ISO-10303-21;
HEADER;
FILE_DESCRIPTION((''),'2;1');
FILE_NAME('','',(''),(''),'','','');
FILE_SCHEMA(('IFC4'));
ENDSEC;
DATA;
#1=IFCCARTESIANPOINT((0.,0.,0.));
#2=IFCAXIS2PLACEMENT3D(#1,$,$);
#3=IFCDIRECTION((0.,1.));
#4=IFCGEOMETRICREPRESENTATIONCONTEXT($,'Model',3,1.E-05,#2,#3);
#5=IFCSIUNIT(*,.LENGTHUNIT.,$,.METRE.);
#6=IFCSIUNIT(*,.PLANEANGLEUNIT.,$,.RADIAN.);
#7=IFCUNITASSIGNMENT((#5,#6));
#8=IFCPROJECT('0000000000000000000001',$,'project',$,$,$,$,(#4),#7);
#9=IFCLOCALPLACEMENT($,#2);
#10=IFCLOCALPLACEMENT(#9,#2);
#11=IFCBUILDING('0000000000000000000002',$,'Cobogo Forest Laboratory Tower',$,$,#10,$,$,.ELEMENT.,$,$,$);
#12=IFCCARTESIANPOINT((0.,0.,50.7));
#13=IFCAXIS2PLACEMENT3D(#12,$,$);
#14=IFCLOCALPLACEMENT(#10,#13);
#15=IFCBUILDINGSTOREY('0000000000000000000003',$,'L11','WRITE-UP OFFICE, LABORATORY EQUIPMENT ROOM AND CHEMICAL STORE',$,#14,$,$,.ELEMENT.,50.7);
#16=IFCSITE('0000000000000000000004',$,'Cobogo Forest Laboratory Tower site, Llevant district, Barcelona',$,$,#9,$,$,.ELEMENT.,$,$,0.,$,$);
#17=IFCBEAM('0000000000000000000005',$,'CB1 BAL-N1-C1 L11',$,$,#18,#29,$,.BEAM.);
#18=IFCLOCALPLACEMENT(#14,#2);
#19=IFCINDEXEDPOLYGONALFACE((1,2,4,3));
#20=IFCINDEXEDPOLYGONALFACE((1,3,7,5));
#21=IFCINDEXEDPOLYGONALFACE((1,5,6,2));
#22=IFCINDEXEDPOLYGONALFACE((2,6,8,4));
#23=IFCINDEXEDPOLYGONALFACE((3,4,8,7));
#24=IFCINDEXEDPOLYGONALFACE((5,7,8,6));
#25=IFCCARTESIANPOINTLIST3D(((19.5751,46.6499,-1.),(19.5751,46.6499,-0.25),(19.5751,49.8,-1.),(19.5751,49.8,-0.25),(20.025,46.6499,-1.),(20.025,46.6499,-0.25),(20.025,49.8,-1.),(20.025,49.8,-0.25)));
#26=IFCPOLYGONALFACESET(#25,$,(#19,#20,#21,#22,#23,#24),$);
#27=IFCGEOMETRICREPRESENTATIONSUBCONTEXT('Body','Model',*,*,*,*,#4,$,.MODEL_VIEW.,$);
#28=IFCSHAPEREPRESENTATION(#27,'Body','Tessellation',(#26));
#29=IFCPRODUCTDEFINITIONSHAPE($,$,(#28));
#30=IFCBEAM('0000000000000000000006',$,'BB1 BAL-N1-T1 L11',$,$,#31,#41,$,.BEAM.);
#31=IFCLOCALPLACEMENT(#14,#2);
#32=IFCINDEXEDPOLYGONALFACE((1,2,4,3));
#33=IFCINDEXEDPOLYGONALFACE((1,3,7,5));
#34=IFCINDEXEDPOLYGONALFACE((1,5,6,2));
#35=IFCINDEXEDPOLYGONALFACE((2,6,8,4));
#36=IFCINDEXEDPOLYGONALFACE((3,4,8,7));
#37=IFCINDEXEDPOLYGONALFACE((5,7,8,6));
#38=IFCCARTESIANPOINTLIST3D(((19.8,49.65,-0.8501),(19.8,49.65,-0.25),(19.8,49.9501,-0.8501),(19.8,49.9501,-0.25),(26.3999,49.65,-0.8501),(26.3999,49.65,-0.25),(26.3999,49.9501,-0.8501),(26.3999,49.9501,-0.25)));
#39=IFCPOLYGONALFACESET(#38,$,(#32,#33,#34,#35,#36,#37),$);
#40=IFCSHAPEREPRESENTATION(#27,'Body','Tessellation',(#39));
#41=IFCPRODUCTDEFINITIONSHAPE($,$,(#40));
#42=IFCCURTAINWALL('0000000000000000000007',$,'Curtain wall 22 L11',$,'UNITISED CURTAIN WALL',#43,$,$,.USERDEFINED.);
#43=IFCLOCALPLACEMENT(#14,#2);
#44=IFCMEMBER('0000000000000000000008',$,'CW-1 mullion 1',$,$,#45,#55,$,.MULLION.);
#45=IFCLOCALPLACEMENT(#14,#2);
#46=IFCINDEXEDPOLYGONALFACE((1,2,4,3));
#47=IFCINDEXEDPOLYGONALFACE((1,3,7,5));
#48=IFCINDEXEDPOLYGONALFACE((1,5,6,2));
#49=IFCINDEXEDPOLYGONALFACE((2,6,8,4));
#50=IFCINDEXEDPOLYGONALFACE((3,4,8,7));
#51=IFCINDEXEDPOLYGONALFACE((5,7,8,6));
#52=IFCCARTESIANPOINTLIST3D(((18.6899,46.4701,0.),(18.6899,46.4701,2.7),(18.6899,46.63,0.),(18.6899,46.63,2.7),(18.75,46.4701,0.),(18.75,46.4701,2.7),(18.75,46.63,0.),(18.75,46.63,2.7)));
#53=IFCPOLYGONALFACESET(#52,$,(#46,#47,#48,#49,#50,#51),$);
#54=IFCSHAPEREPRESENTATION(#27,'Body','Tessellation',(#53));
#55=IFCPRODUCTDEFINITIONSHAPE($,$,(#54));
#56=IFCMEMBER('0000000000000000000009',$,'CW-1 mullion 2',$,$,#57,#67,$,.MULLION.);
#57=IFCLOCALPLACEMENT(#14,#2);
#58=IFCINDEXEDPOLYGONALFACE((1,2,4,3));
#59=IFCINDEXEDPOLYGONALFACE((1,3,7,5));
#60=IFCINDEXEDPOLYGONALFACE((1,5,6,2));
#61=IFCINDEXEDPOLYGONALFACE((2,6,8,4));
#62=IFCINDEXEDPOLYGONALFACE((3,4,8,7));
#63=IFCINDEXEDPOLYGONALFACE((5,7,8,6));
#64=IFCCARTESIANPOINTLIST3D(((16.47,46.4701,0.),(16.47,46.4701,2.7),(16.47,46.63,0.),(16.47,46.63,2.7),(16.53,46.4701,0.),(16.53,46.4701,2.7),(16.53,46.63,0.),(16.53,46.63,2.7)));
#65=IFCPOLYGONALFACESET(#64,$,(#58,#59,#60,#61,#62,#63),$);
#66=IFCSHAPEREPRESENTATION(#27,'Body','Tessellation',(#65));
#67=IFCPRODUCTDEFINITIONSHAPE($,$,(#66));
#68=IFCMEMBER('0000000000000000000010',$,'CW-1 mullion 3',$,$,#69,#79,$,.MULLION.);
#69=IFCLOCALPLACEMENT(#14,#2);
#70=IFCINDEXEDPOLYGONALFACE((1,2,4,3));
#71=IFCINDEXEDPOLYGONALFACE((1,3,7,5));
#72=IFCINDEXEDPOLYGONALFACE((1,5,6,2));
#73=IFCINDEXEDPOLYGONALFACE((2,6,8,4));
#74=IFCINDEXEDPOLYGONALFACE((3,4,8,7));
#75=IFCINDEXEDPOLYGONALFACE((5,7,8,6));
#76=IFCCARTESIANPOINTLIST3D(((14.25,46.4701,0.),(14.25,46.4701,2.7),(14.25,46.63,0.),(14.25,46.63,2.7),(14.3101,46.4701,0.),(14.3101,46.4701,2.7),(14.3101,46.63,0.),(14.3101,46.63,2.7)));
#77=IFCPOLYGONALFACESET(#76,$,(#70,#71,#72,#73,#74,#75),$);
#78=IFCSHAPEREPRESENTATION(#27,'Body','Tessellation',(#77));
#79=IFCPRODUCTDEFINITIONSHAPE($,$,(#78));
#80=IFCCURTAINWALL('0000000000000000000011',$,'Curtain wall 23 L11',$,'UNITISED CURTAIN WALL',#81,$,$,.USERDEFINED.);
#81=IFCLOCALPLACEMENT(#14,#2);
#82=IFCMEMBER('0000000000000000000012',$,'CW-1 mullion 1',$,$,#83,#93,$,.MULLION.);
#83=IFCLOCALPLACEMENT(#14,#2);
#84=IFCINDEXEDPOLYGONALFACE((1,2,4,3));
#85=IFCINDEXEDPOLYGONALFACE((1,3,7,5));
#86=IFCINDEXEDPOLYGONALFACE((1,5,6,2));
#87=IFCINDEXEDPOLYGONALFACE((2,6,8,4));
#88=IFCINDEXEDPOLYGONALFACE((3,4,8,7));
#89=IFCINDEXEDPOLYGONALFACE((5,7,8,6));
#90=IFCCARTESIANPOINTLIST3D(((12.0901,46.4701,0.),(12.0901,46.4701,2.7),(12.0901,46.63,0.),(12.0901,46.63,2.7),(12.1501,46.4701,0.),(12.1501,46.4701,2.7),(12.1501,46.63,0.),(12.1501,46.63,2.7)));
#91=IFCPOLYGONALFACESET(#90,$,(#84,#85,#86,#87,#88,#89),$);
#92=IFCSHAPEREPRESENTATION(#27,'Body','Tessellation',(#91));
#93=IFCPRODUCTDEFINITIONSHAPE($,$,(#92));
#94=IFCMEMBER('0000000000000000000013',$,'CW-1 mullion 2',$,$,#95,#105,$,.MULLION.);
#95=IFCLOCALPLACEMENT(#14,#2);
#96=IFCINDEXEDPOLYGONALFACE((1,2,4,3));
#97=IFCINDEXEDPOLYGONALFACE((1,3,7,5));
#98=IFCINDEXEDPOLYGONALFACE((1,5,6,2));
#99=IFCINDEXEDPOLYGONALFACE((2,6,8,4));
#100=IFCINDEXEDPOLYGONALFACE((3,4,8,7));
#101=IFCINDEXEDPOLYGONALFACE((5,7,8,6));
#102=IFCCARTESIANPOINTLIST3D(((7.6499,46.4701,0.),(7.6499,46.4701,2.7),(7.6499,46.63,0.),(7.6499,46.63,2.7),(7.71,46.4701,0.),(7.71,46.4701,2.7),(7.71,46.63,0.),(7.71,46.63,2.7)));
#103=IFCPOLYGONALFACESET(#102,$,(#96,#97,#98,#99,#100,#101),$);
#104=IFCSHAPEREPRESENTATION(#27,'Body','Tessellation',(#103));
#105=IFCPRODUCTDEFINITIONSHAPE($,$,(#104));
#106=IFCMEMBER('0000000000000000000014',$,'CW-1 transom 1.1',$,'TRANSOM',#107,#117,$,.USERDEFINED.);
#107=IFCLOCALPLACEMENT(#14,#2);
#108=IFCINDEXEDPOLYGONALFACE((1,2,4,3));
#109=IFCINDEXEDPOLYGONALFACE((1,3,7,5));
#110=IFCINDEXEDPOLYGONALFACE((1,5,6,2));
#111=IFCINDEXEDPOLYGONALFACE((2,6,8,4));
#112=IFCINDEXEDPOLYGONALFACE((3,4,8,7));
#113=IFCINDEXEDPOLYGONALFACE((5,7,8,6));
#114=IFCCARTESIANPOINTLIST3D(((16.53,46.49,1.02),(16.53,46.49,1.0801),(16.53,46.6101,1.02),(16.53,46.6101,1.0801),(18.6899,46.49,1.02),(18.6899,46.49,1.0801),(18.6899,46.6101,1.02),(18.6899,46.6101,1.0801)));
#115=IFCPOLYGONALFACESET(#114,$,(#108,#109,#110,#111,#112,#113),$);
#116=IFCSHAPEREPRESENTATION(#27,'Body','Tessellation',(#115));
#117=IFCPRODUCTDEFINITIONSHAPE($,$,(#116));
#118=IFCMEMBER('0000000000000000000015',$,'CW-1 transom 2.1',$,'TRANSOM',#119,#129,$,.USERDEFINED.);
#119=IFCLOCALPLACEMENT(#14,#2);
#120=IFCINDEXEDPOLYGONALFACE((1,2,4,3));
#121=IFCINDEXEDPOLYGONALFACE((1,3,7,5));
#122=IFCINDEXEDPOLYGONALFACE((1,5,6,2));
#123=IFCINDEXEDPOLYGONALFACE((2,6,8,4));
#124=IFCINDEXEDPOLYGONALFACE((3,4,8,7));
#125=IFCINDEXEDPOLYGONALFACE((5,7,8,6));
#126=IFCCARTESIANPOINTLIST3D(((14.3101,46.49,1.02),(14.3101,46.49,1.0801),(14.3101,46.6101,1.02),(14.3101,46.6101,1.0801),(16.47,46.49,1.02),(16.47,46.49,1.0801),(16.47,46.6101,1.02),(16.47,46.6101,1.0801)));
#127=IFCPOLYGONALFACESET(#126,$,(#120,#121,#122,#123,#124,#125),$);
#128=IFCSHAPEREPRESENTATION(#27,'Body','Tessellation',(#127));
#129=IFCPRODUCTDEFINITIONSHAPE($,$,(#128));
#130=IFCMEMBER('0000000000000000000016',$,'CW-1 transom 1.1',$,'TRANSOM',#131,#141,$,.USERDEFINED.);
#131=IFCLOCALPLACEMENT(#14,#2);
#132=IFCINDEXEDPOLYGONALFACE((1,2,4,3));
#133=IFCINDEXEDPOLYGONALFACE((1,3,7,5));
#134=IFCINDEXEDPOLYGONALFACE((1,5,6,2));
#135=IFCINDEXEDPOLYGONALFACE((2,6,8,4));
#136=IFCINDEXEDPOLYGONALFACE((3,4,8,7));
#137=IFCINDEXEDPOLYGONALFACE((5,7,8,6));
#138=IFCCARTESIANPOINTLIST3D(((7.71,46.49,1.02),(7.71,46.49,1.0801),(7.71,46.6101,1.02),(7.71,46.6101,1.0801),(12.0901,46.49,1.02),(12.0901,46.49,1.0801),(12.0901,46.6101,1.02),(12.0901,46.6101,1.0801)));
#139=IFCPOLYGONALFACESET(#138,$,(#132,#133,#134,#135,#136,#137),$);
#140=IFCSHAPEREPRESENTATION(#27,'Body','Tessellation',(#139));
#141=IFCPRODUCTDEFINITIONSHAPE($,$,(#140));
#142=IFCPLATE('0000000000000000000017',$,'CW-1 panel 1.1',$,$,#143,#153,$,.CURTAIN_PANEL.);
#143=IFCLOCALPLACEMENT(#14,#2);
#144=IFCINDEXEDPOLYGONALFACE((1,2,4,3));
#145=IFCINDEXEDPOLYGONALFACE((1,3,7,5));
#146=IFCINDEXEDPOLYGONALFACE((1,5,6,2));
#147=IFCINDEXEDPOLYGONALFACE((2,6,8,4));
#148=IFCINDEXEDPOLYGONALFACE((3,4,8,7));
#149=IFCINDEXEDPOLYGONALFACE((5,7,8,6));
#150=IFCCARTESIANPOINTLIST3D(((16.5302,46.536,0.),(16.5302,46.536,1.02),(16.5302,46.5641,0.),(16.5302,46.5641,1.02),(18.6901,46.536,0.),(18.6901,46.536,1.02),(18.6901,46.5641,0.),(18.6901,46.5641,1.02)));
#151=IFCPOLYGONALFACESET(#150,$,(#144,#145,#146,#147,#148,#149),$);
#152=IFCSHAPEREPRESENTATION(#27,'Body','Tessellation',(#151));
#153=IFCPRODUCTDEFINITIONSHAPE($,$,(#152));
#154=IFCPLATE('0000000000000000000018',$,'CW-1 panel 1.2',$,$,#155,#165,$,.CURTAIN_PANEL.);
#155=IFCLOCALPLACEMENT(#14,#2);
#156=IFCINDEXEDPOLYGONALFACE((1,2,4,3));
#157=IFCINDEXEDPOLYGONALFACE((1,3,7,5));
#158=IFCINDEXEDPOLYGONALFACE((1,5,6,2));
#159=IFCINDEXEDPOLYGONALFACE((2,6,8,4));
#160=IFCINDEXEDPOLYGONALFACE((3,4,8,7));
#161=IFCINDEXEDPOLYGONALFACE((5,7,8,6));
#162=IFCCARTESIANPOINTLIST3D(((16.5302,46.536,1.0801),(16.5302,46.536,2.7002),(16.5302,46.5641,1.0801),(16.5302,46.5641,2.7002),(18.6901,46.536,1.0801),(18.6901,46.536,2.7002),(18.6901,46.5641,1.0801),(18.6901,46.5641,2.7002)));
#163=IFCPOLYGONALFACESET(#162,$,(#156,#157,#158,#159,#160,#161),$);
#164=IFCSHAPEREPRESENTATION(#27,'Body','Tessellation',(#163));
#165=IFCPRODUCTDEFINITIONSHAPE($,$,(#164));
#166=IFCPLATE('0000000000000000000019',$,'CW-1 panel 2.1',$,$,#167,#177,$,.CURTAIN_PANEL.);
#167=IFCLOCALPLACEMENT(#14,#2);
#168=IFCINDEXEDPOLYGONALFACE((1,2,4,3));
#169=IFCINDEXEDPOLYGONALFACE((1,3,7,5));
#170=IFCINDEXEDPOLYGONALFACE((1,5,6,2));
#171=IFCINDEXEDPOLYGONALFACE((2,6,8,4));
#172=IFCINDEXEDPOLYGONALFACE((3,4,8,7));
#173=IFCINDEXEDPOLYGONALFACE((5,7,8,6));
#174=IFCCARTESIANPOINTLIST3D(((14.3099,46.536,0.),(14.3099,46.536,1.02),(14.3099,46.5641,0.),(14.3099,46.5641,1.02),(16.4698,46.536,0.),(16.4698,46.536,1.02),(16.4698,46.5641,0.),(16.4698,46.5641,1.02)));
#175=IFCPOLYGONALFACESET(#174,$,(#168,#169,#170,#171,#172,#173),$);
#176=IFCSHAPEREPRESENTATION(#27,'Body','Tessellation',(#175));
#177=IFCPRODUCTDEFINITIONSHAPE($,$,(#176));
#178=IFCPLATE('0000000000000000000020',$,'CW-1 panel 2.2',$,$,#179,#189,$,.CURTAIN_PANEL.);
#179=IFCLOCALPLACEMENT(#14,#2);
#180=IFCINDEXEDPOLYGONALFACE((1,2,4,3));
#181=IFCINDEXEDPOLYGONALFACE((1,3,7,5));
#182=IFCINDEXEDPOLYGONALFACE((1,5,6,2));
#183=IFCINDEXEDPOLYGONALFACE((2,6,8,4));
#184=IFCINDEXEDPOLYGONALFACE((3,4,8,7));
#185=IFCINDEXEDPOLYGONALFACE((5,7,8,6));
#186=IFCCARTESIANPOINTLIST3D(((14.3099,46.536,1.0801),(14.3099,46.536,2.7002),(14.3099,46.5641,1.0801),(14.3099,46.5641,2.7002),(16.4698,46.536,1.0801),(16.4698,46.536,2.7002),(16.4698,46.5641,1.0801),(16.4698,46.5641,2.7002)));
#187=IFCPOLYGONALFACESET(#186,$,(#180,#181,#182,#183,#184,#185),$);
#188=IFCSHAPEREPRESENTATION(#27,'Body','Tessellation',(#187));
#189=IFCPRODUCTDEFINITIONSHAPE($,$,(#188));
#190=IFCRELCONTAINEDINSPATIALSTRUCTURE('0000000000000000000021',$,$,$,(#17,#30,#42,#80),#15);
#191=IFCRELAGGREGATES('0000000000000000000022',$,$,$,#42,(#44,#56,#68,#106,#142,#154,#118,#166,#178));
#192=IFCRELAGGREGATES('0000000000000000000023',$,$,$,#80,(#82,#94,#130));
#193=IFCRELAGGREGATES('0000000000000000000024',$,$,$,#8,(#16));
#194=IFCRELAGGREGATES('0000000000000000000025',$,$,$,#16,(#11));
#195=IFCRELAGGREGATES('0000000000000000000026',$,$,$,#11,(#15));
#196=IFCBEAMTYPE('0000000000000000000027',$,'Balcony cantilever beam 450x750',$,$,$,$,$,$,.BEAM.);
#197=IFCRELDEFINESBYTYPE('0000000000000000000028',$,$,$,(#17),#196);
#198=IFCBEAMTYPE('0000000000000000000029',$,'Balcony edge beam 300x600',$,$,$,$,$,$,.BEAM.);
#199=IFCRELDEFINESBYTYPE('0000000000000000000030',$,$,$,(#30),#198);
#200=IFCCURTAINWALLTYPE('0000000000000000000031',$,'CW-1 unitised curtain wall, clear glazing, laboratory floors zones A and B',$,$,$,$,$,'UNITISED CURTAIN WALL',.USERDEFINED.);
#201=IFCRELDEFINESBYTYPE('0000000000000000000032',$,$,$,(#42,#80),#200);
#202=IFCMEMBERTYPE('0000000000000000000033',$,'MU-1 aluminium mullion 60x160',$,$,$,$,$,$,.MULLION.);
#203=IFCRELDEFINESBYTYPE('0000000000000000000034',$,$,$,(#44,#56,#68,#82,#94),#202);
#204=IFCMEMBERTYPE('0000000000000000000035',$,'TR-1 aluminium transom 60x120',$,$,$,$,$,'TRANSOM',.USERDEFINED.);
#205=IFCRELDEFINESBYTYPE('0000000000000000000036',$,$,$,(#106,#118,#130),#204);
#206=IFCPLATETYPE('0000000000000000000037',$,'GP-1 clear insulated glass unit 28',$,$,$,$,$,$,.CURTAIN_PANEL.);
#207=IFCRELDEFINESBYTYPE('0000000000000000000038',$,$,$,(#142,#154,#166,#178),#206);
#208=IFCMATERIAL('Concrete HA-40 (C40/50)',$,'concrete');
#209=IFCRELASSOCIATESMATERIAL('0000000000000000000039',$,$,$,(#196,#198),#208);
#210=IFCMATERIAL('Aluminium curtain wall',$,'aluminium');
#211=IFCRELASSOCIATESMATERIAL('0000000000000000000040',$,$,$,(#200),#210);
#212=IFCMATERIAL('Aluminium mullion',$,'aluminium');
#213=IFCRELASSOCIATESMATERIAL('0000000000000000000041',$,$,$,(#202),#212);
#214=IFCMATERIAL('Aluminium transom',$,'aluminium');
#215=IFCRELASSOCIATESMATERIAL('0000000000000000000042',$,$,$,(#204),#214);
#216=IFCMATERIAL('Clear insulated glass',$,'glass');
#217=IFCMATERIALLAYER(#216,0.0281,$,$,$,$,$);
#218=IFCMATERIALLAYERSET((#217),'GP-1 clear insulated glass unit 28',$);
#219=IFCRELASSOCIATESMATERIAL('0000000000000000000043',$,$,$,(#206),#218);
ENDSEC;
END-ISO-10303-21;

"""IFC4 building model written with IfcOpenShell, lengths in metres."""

from ifc_helpers import new_model, si_unit, direction, frame, origin, origin_2d, place, context, subcontext, project, spatial, rectangle, extrude, material, layer, layer_set, material_profile, profile_set, type_object, element, aggregate, save


model = new_model("IFC4")

# Units and contexts
model_context = context("Model", 3, precision=1e-05, world=origin(), true_north=direction((0.0, 1.0)))
body_context = subcontext(model_context, "Body", "Model", "MODEL_VIEW")
ifc_project = project(units=[si_unit("LENGTHUNIT", "METRE"), si_unit("PLANEANGLEUNIT", "RADIAN")], contexts=[model_context])

# Site, building, storey
site_placement = place(None, origin())
site = spatial("IfcSite", under=ifc_project, at=site_placement, Name="Cobogo Forest Laboratory Tower site, Llevant district, Barcelona", CompositionType="ELEMENT", RefElevation=0.0)
building_placement = place(site_placement, origin())
building = spatial("IfcBuilding", under=site, at=building_placement, Name="Cobogo Forest Laboratory Tower", CompositionType="ELEMENT")
storey_placement = place(building_placement, frame((0.0, 0.0, 50.7)))
storey = spatial("IfcBuildingStorey", under=building, at=storey_placement, Name="L11", Description="WRITE-UP OFFICE, LABORATORY EQUIPMENT ROOM AND CHEMICAL STORE", CompositionType="ELEMENT", Elevation=50.7)

# Beams
ifc_material_1 = material(Name="Concrete HA-40 (C40/50)", Category="concrete")
ifc_material_profile_1 = material_profile(ifc_material_1, rectangle(XDim=0.45, YDim=0.75, at=origin_2d()), Name="RC 450x750")
ifc_profile_set_1 = profile_set([ifc_material_profile_1], Name="Concrete HA-40 (C40/50)")
beam_type_1 = type_object("IfcBeamType", Name="Balcony cantilever beam 450x750", PredefinedType="BEAM", material=ifc_profile_set_1)
beam_1_placement = place(storey_placement, frame((19.8, 46.6499, -0.625), z_axis=(0.0, 1.0, 0.0), x_axis=(-1.0, 0.0, 0.0)))
element("IfcBeam", 1, at=beam_1_placement, inside=storey, type_object=beam_type_1, Name="CB1 BAL-N1-C1 L11", PredefinedType="BEAM", context=body_context, shape_type="SweptSolid", body=[
    extrude(rectangle(XDim=0.45, YDim=0.75, at=origin_2d()), origin(), (0.0, 0.0, 1.0), 3.1501),
])
ifc_material_profile_2 = material_profile(ifc_material_1, rectangle(XDim=0.3, YDim=0.6001, at=origin_2d()), Name="RC 300x600")
ifc_profile_set_2 = profile_set([ifc_material_profile_2], Name="Concrete HA-40 (C40/50)")
beam_type_2 = type_object("IfcBeamType", Name="Balcony edge beam 300x600", PredefinedType="BEAM", material=ifc_profile_set_2)
beam_2_placement = place(storey_placement, frame((19.8, 49.8, -0.55), z_axis=(1.0, 0.0, 0.0), x_axis=(0.0, 1.0, 0.0)))
element("IfcBeam", 2, at=beam_2_placement, inside=storey, type_object=beam_type_2, Name="BB1 BAL-N1-T1 L11", PredefinedType="BEAM", context=body_context, shape_type="SweptSolid", body=[
    extrude(rectangle(XDim=0.3, YDim=0.6001, at=origin_2d()), origin(), (0.0, 0.0, 1.0), 6.5999),
])

# Curtain walls, members
ifc_material_2 = material(Name="Aluminium curtain wall", Category="aluminium")
curtain_wall_type = type_object("IfcCurtainWallType", Name="CW-1 unitised curtain wall, clear glazing, laboratory floors zones A and B", ElementType="UNITISED CURTAIN WALL", PredefinedType="USERDEFINED", material=ifc_material_2)
curtain_wall_1_placement = place(storey_placement, origin())
curtain_wall_1 = element("IfcCurtainWall", 3, at=curtain_wall_1_placement, inside=storey, type_object=curtain_wall_type, Name="Curtain wall 22 L11", ObjectType="UNITISED CURTAIN WALL", PredefinedType="USERDEFINED")
ifc_material_3 = material(Name="Aluminium mullion", Category="aluminium")
ifc_material_profile_3 = material_profile(ifc_material_3, rectangle(XDim=0.0601, YDim=0.1599, at=origin_2d()), Name="AL 60x160")
ifc_profile_set_3 = profile_set([ifc_material_profile_3], Name="Aluminium mullion")
member_type_1 = type_object("IfcMemberType", Name="MU-1 aluminium mullion 60x160", PredefinedType="MULLION", material=ifc_profile_set_3)
member_1_placement = place(storey_placement, frame((18.72, 46.55, 0.0), z_axis=(0.0, 0.0, 1.0), x_axis=(-1.0, 0.0, 0.0)))
member_1 = element("IfcMember", 4, at=member_1_placement, type_object=member_type_1, Name="CW-1 mullion 1", PredefinedType="MULLION", context=body_context, shape_type="SweptSolid", body=[
    extrude(rectangle(XDim=0.0601, YDim=0.1599, at=origin_2d()), origin(), (0.0, 0.0, 1.0), 2.7),
])
member_2_placement = place(storey_placement, frame((16.5, 46.55, 0.0), z_axis=(0.0, 0.0, 1.0), x_axis=(-1.0, 0.0, 0.0)))
member_2 = element("IfcMember", 5, at=member_2_placement, type_object=member_type_1, Name="CW-1 mullion 2", PredefinedType="MULLION", context=body_context, shape_type="SweptSolid", body=[
    extrude(rectangle(XDim=0.0601, YDim=0.1599, at=origin_2d()), origin(), (0.0, 0.0, 1.0), 2.7),
])
member_3_placement = place(storey_placement, frame((14.28, 46.55, 0.0), z_axis=(0.0, 0.0, 1.0), x_axis=(-1.0, 0.0, 0.0)))
member_3 = element("IfcMember", 6, at=member_3_placement, type_object=member_type_1, Name="CW-1 mullion 3", PredefinedType="MULLION", context=body_context, shape_type="SweptSolid", body=[
    extrude(rectangle(XDim=0.0601, YDim=0.1599, at=origin_2d()), origin(), (0.0, 0.0, 1.0), 2.7),
])
curtain_wall_2_placement = place(storey_placement, origin())
curtain_wall_2 = element("IfcCurtainWall", 7, at=curtain_wall_2_placement, inside=storey, type_object=curtain_wall_type, Name="Curtain wall 23 L11", ObjectType="UNITISED CURTAIN WALL", PredefinedType="USERDEFINED")
member_4_placement = place(storey_placement, frame((12.1201, 46.55, 0.0), z_axis=(0.0, 0.0, 1.0), x_axis=(-1.0, 0.0, 0.0)))
member_4 = element("IfcMember", 8, at=member_4_placement, type_object=member_type_1, Name="CW-1 mullion 1", PredefinedType="MULLION", context=body_context, shape_type="SweptSolid", body=[
    extrude(rectangle(XDim=0.0601, YDim=0.1599, at=origin_2d()), origin(), (0.0, 0.0, 1.0), 2.7),
])
member_5_placement = place(storey_placement, frame((7.6799, 46.55, 0.0), z_axis=(0.0, 0.0, 1.0), x_axis=(-1.0, 0.0, 0.0)))
member_5 = element("IfcMember", 9, at=member_5_placement, type_object=member_type_1, Name="CW-1 mullion 2", PredefinedType="MULLION", context=body_context, shape_type="SweptSolid", body=[
    extrude(rectangle(XDim=0.0601, YDim=0.1599, at=origin_2d()), origin(), (0.0, 0.0, 1.0), 2.7),
])

# Members
ifc_material_4 = material(Name="Aluminium transom", Category="aluminium")
ifc_material_profile_4 = material_profile(ifc_material_4, rectangle(XDim=0.1201, YDim=0.0601, at=origin_2d()), Name="AL 60x120")
ifc_profile_set_4 = profile_set([ifc_material_profile_4], Name="Aluminium transom")
member_type_2 = type_object("IfcMemberType", Name="TR-1 aluminium transom 60x120", ElementType="TRANSOM", PredefinedType="USERDEFINED", material=ifc_profile_set_4)
member_6_placement = place(storey_placement, frame((18.6899, 46.55, 1.05), z_axis=(-1.0, 0.0, 0.0), x_axis=(0.0, -1.0, 0.0)))
member_6 = element("IfcMember", 10, at=member_6_placement, type_object=member_type_2, Name="CW-1 transom 1.1", ObjectType="TRANSOM", PredefinedType="USERDEFINED", context=body_context, shape_type="SweptSolid", body=[
    extrude(rectangle(XDim=0.1201, YDim=0.0601, at=origin_2d()), origin(), (0.0, 0.0, 1.0), 2.1599),
])
member_7_placement = place(storey_placement, frame((16.47, 46.55, 1.05), z_axis=(-1.0, 0.0, 0.0), x_axis=(0.0, -1.0, 0.0)))
member_7 = element("IfcMember", 11, at=member_7_placement, type_object=member_type_2, Name="CW-1 transom 2.1", ObjectType="TRANSOM", PredefinedType="USERDEFINED", context=body_context, shape_type="SweptSolid", body=[
    extrude(rectangle(XDim=0.1201, YDim=0.0601, at=origin_2d()), origin(), (0.0, 0.0, 1.0), 2.1599),
])
member_8_placement = place(storey_placement, frame((12.0901, 46.55, 1.05), z_axis=(-1.0, 0.0, 0.0), x_axis=(0.0, -1.0, 0.0)))
member_8 = element("IfcMember", 12, at=member_8_placement, type_object=member_type_2, Name="CW-1 transom 1.1", ObjectType="TRANSOM", PredefinedType="USERDEFINED", context=body_context, shape_type="SweptSolid", body=[
    extrude(rectangle(XDim=0.1201, YDim=0.0601, at=origin_2d()), origin(), (0.0, 0.0, 1.0), 4.3801),
])

# Plates
ifc_material_5 = material(Name="Clear insulated glass", Category="glass")
ifc_layer_1 = layer(ifc_material_5, 0.0281)
ifc_layer_set_1 = layer_set([ifc_layer_1], Name="GP-1 clear insulated glass unit 28")
plate_type_1 = type_object("IfcPlateType", Name="GP-1 clear insulated glass unit 28", PredefinedType="CURTAIN_PANEL", material=ifc_layer_set_1)
plate_1_placement = place(storey_placement, frame((17.6101, 46.55, 0.0), z_axis=(0.0, 0.0, 1.0), x_axis=(-1.0, 0.0, 0.0)))
plate_1 = element("IfcPlate", 13, at=plate_1_placement, type_object=plate_type_1, Name="CW-1 panel 1.1", PredefinedType="CURTAIN_PANEL", context=body_context, shape_type="SweptSolid", body=[
    extrude(rectangle(XDim=2.1599, YDim=0.0281, at=origin_2d()), origin(), (0.0, 0.0, 1.0), 1.02),
])
plate_2_placement = place(storey_placement, frame((17.6101, 46.55, 1.0801), z_axis=(0.0, 0.0, 1.0), x_axis=(-1.0, 0.0, 0.0)))
plate_2 = element("IfcPlate", 14, at=plate_2_placement, type_object=plate_type_1, Name="CW-1 panel 1.2", PredefinedType="CURTAIN_PANEL", context=body_context, shape_type="SweptSolid", body=[
    extrude(rectangle(XDim=2.1599, YDim=0.0281, at=origin_2d()), origin(), (0.0, 0.0, 1.0), 1.6201),
])
plate_3_placement = place(storey_placement, frame((15.3899, 46.55, 0.0), z_axis=(0.0, 0.0, 1.0), x_axis=(-1.0, 0.0, 0.0)))
plate_3 = element("IfcPlate", 15, at=plate_3_placement, type_object=plate_type_1, Name="CW-1 panel 2.1", PredefinedType="CURTAIN_PANEL", context=body_context, shape_type="SweptSolid", body=[
    extrude(rectangle(XDim=2.1599, YDim=0.0281, at=origin_2d()), origin(), (0.0, 0.0, 1.0), 1.02),
])
plate_4_placement = place(storey_placement, frame((15.3899, 46.55, 1.0801), z_axis=(0.0, 0.0, 1.0), x_axis=(-1.0, 0.0, 0.0)))
plate_4 = element("IfcPlate", 16, at=plate_4_placement, type_object=plate_type_1, Name="CW-1 panel 2.2", PredefinedType="CURTAIN_PANEL", context=body_context, shape_type="SweptSolid", body=[
    extrude(rectangle(XDim=2.1599, YDim=0.0281, at=origin_2d()), origin(), (0.0, 0.0, 1.0), 1.6201),
])
aggregate(curtain_wall_1, [member_1, member_2, member_3, member_6, plate_1, plate_2, member_7, plate_3, plate_4])
aggregate(curtain_wall_2, [member_4, member_5, member_8])

save(model, "model.ifc")
